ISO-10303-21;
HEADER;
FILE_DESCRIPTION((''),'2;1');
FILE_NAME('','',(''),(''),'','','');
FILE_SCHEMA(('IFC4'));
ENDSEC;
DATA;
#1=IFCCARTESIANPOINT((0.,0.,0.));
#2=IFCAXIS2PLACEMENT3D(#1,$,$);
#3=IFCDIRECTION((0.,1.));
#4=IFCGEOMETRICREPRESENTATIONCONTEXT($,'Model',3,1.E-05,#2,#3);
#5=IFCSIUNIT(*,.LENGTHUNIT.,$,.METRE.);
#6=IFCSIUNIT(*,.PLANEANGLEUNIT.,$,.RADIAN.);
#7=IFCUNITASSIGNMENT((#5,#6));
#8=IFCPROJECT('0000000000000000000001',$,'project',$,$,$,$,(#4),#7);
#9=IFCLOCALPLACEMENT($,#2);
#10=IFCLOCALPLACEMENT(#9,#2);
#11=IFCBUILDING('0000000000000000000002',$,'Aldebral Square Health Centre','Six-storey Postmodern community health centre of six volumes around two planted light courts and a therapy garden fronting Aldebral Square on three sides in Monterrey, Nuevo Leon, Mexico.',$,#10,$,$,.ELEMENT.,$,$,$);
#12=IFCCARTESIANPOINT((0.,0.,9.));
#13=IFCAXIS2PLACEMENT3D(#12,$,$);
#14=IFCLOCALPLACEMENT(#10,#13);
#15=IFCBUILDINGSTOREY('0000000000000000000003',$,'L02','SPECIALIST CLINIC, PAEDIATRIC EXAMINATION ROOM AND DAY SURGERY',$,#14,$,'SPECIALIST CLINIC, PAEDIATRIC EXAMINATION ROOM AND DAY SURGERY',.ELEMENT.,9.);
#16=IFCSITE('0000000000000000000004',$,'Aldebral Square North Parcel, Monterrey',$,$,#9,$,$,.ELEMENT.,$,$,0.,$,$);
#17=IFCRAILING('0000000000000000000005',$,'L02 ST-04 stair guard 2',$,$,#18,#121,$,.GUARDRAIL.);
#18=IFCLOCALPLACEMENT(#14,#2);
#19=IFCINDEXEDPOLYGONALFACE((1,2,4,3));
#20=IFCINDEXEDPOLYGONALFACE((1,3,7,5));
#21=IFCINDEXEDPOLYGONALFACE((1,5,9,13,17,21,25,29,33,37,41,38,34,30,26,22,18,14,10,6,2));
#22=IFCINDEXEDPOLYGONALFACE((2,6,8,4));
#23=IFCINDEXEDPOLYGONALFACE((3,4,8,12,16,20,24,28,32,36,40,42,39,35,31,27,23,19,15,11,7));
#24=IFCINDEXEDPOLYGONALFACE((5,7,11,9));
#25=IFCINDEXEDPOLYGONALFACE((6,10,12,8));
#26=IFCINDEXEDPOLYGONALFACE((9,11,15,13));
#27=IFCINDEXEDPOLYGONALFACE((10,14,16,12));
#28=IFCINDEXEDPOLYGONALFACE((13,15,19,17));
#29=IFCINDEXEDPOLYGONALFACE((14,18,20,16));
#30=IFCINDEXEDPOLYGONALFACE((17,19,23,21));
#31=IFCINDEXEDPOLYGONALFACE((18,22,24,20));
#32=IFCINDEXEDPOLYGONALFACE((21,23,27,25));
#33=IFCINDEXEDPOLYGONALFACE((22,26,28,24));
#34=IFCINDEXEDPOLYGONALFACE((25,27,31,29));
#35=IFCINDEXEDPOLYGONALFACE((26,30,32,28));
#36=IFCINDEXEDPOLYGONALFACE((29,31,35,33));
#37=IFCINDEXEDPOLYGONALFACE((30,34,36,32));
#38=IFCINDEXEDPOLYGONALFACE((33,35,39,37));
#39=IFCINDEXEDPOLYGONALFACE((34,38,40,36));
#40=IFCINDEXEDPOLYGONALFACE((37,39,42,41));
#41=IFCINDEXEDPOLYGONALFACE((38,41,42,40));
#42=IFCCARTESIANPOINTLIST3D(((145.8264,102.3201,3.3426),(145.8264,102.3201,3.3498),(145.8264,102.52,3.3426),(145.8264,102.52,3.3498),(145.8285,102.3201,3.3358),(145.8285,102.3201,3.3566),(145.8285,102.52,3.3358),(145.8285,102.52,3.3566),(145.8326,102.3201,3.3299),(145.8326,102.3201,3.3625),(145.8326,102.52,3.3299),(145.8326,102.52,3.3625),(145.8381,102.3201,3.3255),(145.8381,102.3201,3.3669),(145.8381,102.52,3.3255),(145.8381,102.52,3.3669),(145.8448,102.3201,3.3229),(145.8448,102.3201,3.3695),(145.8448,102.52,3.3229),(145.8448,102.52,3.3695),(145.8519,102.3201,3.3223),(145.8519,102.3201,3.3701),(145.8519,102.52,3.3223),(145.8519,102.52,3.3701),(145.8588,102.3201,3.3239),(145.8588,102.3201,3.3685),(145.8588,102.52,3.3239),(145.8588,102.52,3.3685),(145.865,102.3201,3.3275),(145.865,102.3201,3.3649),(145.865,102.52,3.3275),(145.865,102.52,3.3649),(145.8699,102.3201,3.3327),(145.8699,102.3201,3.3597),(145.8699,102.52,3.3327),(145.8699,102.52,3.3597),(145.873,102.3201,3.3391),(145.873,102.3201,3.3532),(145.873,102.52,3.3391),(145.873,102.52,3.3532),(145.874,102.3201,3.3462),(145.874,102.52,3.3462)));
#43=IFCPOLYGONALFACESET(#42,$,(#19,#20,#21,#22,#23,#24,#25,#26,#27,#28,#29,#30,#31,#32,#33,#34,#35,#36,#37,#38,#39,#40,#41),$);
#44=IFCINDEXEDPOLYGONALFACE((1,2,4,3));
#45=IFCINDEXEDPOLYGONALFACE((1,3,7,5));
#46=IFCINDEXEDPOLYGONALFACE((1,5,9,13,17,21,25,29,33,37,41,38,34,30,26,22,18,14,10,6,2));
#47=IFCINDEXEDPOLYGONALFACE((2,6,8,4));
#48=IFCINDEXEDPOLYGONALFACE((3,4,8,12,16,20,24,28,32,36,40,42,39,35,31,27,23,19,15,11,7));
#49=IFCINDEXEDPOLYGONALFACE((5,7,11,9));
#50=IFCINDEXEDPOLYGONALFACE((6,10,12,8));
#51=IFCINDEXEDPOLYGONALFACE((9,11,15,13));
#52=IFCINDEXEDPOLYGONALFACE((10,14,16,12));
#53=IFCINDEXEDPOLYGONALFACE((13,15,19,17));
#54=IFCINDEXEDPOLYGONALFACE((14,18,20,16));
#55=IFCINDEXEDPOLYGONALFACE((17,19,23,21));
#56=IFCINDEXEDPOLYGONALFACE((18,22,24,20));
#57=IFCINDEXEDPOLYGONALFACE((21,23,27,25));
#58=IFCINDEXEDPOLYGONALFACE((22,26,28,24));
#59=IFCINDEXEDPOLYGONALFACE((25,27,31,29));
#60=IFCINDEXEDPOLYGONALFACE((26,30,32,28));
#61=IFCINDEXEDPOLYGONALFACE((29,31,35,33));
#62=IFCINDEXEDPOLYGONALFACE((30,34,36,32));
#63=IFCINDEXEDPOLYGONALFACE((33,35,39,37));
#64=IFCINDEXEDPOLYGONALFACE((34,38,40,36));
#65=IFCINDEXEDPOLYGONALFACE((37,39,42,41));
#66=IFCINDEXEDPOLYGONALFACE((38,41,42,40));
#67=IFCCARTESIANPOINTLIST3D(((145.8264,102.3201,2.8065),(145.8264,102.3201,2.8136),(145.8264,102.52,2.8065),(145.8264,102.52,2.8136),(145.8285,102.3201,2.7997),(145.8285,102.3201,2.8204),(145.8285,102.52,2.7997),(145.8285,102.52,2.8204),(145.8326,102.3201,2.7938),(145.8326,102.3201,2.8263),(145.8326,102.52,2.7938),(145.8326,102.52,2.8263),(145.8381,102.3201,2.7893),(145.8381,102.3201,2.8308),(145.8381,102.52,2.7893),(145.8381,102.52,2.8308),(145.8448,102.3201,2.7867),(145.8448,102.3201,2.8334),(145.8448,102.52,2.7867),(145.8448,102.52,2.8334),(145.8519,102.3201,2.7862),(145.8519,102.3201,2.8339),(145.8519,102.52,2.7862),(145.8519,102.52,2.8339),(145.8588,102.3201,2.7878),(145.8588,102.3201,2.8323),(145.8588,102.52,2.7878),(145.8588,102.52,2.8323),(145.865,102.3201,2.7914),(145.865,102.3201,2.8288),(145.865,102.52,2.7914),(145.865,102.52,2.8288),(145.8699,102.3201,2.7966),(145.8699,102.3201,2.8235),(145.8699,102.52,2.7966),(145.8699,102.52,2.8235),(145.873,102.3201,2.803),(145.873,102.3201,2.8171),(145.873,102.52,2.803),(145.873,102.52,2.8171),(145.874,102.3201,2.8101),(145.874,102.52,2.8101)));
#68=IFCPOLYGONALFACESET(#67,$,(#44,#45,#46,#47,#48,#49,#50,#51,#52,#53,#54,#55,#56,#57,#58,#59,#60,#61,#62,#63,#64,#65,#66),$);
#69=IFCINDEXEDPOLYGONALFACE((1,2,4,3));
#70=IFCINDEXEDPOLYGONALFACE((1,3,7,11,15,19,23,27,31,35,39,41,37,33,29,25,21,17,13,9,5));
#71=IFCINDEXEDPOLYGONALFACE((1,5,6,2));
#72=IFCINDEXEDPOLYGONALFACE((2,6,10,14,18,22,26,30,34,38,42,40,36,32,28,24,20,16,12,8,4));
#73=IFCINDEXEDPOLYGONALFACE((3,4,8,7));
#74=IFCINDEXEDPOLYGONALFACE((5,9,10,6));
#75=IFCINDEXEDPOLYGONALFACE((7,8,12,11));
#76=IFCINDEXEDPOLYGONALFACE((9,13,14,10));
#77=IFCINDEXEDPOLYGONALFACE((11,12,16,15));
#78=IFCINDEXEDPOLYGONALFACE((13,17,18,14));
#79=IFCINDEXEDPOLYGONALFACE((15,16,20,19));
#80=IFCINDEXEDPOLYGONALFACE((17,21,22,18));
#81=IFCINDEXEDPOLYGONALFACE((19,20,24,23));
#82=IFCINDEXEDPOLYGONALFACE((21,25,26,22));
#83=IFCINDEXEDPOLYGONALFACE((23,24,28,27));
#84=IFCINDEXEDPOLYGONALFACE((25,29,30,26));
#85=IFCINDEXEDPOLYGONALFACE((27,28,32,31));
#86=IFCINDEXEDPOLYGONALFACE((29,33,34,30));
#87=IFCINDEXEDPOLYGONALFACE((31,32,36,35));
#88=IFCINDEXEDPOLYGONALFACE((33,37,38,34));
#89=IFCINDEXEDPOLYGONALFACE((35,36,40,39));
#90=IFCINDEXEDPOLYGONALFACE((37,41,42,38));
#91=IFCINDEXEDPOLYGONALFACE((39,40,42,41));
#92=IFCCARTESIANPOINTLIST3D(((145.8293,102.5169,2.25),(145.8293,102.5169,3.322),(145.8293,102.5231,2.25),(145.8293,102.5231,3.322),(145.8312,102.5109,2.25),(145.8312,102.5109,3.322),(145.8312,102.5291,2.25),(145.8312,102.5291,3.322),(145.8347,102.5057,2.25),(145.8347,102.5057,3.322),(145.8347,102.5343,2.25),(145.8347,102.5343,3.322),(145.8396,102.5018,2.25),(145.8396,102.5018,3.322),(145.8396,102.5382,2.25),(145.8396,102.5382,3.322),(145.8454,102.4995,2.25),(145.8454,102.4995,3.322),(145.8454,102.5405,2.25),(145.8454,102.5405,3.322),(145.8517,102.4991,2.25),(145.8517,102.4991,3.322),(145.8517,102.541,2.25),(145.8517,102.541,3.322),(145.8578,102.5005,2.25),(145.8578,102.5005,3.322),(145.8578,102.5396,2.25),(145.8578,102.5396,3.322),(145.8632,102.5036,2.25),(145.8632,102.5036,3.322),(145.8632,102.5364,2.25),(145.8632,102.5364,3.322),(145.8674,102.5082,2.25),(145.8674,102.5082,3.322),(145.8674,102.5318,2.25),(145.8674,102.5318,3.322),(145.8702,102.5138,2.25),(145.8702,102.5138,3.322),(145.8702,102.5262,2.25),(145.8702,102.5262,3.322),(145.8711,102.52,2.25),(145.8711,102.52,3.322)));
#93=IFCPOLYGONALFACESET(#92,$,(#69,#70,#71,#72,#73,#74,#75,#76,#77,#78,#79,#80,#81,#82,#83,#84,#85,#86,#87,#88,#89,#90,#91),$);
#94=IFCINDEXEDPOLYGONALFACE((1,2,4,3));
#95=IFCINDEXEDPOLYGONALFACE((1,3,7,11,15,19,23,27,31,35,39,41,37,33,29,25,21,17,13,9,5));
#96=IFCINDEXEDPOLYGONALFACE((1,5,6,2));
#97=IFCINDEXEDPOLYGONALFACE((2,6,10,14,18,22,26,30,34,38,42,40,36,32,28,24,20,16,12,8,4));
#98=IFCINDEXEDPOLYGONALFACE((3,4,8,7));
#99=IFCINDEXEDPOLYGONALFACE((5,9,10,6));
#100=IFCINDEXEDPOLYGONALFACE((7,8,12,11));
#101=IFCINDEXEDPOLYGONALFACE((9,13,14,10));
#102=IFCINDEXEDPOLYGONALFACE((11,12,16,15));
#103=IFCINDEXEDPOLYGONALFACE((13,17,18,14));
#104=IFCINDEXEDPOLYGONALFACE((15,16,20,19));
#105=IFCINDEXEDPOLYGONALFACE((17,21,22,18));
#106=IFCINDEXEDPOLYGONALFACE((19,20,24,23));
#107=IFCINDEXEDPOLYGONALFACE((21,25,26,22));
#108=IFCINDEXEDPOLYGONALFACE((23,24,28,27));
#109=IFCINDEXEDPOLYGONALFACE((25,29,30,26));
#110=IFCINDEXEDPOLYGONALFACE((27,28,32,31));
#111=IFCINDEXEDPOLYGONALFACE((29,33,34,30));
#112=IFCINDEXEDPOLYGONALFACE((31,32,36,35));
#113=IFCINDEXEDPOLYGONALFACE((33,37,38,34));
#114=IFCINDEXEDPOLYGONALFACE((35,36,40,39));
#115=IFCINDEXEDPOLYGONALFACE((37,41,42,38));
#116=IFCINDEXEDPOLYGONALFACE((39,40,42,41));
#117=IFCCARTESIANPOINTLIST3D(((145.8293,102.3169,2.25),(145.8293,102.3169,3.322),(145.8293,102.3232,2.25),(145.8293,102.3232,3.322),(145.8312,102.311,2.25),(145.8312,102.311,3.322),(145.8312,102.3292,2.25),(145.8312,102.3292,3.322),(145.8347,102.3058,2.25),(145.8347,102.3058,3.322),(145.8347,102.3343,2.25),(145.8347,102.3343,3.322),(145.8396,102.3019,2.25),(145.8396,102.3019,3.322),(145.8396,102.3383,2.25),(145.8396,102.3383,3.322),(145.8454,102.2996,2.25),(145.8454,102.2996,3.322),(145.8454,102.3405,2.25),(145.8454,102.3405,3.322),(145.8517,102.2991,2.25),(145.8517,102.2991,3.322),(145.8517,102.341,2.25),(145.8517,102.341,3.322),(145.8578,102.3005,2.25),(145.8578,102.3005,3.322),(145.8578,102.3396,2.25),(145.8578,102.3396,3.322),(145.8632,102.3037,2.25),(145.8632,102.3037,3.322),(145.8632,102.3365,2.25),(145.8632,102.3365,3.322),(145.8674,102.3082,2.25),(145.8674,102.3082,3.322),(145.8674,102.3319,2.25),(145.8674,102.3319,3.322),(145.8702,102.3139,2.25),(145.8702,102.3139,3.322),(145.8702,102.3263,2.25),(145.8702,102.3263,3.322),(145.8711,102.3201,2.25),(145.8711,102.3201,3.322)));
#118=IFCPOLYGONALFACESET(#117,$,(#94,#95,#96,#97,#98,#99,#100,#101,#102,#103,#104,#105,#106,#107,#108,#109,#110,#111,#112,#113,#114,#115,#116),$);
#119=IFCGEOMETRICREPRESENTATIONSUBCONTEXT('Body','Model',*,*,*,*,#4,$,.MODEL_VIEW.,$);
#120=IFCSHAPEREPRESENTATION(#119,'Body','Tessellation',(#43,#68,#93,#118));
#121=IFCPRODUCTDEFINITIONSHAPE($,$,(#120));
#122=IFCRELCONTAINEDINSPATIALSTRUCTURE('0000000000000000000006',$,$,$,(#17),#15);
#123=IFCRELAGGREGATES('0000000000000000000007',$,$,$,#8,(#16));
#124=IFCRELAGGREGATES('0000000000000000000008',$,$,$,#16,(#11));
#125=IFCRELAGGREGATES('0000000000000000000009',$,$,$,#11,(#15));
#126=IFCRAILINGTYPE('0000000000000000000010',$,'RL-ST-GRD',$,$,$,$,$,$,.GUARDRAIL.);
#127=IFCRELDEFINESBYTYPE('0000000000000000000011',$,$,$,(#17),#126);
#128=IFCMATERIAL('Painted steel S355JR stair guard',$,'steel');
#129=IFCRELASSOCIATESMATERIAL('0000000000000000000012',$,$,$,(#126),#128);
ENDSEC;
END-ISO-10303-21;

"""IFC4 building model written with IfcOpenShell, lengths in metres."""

from ifc_helpers import new_model, si_unit, direction, frame, origin, origin_2d, place, context, subcontext, project, spatial, circle, extrude, material, type_object, element, save


model = new_model("IFC4")

# Units and contexts
model_context = context("Model", 3, precision=1e-05, world=origin(), true_north=direction((0.0, 1.0)))
body_context = subcontext(model_context, "Body", "Model", "MODEL_VIEW")
ifc_project = project(units=[si_unit("LENGTHUNIT", "METRE"), si_unit("PLANEANGLEUNIT", "RADIAN")], contexts=[model_context])

# Site, building, storey
site_placement = place(None, origin())
site = spatial("IfcSite", under=ifc_project, at=site_placement, Name="Aldebral Square North Parcel, Monterrey", CompositionType="ELEMENT", RefElevation=0.0)
building_placement = place(site_placement, origin())
building = spatial("IfcBuilding", under=site, at=building_placement, Name="Aldebral Square Health Centre", Description="Six-storey Postmodern community health centre of six volumes around two planted light courts and a therapy garden fronting Aldebral Square on three sides in Monterrey, Nuevo Leon, Mexico.", CompositionType="ELEMENT")
storey_placement = place(building_placement, frame((0.0, 0.0, 9.0)))
storey = spatial("IfcBuildingStorey", under=building, at=storey_placement, Name="L02", Description="SPECIALIST CLINIC, PAEDIATRIC EXAMINATION ROOM AND DAY SURGERY", LongName="SPECIALIST CLINIC, PAEDIATRIC EXAMINATION ROOM AND DAY SURGERY", CompositionType="ELEMENT", Elevation=9.0)

# Railing
ifc_material_1 = material(Name="Painted steel S355JR stair guard", Category="steel")
railing_type = type_object("IfcRailingType", Name="RL-ST-GRD", PredefinedType="GUARDRAIL", material=ifc_material_1)
railing_1_placement = place(storey_placement, frame((145.8501, 102.52, 2.25)))
element("IfcRailing", 1, at=railing_1_placement, inside=storey, type_object=railing_type, Name="L02 ST-04 stair guard 2", PredefinedType="GUARDRAIL", context=body_context, shape_type="SweptSolid", body=[
    extrude(circle(Radius=0.0239, at=origin_2d()), frame((0.0, 0.0, 1.0962), z_axis=(0.0, -1.0, 0.0), x_axis=(1.0, 0.0, 0.0)), (0.0, 0.0, 1.0), 0.2),
    extrude(circle(Radius=0.0239, at=origin_2d()), frame((0.0, 0.0, 0.5601), z_axis=(0.0, -1.0, 0.0), x_axis=(1.0, 0.0, 0.0)), (0.0, 0.0, 1.0), 0.2),
    extrude(circle(Radius=0.021, at=origin_2d()), origin(), (0.0, 0.0, 1.0), 1.072),
    extrude(circle(Radius=0.021, at=origin_2d()), frame((0.0, -0.2, 0.0)), (0.0, 0.0, 1.0), 1.072),
])

save(model, "model.ifc")
